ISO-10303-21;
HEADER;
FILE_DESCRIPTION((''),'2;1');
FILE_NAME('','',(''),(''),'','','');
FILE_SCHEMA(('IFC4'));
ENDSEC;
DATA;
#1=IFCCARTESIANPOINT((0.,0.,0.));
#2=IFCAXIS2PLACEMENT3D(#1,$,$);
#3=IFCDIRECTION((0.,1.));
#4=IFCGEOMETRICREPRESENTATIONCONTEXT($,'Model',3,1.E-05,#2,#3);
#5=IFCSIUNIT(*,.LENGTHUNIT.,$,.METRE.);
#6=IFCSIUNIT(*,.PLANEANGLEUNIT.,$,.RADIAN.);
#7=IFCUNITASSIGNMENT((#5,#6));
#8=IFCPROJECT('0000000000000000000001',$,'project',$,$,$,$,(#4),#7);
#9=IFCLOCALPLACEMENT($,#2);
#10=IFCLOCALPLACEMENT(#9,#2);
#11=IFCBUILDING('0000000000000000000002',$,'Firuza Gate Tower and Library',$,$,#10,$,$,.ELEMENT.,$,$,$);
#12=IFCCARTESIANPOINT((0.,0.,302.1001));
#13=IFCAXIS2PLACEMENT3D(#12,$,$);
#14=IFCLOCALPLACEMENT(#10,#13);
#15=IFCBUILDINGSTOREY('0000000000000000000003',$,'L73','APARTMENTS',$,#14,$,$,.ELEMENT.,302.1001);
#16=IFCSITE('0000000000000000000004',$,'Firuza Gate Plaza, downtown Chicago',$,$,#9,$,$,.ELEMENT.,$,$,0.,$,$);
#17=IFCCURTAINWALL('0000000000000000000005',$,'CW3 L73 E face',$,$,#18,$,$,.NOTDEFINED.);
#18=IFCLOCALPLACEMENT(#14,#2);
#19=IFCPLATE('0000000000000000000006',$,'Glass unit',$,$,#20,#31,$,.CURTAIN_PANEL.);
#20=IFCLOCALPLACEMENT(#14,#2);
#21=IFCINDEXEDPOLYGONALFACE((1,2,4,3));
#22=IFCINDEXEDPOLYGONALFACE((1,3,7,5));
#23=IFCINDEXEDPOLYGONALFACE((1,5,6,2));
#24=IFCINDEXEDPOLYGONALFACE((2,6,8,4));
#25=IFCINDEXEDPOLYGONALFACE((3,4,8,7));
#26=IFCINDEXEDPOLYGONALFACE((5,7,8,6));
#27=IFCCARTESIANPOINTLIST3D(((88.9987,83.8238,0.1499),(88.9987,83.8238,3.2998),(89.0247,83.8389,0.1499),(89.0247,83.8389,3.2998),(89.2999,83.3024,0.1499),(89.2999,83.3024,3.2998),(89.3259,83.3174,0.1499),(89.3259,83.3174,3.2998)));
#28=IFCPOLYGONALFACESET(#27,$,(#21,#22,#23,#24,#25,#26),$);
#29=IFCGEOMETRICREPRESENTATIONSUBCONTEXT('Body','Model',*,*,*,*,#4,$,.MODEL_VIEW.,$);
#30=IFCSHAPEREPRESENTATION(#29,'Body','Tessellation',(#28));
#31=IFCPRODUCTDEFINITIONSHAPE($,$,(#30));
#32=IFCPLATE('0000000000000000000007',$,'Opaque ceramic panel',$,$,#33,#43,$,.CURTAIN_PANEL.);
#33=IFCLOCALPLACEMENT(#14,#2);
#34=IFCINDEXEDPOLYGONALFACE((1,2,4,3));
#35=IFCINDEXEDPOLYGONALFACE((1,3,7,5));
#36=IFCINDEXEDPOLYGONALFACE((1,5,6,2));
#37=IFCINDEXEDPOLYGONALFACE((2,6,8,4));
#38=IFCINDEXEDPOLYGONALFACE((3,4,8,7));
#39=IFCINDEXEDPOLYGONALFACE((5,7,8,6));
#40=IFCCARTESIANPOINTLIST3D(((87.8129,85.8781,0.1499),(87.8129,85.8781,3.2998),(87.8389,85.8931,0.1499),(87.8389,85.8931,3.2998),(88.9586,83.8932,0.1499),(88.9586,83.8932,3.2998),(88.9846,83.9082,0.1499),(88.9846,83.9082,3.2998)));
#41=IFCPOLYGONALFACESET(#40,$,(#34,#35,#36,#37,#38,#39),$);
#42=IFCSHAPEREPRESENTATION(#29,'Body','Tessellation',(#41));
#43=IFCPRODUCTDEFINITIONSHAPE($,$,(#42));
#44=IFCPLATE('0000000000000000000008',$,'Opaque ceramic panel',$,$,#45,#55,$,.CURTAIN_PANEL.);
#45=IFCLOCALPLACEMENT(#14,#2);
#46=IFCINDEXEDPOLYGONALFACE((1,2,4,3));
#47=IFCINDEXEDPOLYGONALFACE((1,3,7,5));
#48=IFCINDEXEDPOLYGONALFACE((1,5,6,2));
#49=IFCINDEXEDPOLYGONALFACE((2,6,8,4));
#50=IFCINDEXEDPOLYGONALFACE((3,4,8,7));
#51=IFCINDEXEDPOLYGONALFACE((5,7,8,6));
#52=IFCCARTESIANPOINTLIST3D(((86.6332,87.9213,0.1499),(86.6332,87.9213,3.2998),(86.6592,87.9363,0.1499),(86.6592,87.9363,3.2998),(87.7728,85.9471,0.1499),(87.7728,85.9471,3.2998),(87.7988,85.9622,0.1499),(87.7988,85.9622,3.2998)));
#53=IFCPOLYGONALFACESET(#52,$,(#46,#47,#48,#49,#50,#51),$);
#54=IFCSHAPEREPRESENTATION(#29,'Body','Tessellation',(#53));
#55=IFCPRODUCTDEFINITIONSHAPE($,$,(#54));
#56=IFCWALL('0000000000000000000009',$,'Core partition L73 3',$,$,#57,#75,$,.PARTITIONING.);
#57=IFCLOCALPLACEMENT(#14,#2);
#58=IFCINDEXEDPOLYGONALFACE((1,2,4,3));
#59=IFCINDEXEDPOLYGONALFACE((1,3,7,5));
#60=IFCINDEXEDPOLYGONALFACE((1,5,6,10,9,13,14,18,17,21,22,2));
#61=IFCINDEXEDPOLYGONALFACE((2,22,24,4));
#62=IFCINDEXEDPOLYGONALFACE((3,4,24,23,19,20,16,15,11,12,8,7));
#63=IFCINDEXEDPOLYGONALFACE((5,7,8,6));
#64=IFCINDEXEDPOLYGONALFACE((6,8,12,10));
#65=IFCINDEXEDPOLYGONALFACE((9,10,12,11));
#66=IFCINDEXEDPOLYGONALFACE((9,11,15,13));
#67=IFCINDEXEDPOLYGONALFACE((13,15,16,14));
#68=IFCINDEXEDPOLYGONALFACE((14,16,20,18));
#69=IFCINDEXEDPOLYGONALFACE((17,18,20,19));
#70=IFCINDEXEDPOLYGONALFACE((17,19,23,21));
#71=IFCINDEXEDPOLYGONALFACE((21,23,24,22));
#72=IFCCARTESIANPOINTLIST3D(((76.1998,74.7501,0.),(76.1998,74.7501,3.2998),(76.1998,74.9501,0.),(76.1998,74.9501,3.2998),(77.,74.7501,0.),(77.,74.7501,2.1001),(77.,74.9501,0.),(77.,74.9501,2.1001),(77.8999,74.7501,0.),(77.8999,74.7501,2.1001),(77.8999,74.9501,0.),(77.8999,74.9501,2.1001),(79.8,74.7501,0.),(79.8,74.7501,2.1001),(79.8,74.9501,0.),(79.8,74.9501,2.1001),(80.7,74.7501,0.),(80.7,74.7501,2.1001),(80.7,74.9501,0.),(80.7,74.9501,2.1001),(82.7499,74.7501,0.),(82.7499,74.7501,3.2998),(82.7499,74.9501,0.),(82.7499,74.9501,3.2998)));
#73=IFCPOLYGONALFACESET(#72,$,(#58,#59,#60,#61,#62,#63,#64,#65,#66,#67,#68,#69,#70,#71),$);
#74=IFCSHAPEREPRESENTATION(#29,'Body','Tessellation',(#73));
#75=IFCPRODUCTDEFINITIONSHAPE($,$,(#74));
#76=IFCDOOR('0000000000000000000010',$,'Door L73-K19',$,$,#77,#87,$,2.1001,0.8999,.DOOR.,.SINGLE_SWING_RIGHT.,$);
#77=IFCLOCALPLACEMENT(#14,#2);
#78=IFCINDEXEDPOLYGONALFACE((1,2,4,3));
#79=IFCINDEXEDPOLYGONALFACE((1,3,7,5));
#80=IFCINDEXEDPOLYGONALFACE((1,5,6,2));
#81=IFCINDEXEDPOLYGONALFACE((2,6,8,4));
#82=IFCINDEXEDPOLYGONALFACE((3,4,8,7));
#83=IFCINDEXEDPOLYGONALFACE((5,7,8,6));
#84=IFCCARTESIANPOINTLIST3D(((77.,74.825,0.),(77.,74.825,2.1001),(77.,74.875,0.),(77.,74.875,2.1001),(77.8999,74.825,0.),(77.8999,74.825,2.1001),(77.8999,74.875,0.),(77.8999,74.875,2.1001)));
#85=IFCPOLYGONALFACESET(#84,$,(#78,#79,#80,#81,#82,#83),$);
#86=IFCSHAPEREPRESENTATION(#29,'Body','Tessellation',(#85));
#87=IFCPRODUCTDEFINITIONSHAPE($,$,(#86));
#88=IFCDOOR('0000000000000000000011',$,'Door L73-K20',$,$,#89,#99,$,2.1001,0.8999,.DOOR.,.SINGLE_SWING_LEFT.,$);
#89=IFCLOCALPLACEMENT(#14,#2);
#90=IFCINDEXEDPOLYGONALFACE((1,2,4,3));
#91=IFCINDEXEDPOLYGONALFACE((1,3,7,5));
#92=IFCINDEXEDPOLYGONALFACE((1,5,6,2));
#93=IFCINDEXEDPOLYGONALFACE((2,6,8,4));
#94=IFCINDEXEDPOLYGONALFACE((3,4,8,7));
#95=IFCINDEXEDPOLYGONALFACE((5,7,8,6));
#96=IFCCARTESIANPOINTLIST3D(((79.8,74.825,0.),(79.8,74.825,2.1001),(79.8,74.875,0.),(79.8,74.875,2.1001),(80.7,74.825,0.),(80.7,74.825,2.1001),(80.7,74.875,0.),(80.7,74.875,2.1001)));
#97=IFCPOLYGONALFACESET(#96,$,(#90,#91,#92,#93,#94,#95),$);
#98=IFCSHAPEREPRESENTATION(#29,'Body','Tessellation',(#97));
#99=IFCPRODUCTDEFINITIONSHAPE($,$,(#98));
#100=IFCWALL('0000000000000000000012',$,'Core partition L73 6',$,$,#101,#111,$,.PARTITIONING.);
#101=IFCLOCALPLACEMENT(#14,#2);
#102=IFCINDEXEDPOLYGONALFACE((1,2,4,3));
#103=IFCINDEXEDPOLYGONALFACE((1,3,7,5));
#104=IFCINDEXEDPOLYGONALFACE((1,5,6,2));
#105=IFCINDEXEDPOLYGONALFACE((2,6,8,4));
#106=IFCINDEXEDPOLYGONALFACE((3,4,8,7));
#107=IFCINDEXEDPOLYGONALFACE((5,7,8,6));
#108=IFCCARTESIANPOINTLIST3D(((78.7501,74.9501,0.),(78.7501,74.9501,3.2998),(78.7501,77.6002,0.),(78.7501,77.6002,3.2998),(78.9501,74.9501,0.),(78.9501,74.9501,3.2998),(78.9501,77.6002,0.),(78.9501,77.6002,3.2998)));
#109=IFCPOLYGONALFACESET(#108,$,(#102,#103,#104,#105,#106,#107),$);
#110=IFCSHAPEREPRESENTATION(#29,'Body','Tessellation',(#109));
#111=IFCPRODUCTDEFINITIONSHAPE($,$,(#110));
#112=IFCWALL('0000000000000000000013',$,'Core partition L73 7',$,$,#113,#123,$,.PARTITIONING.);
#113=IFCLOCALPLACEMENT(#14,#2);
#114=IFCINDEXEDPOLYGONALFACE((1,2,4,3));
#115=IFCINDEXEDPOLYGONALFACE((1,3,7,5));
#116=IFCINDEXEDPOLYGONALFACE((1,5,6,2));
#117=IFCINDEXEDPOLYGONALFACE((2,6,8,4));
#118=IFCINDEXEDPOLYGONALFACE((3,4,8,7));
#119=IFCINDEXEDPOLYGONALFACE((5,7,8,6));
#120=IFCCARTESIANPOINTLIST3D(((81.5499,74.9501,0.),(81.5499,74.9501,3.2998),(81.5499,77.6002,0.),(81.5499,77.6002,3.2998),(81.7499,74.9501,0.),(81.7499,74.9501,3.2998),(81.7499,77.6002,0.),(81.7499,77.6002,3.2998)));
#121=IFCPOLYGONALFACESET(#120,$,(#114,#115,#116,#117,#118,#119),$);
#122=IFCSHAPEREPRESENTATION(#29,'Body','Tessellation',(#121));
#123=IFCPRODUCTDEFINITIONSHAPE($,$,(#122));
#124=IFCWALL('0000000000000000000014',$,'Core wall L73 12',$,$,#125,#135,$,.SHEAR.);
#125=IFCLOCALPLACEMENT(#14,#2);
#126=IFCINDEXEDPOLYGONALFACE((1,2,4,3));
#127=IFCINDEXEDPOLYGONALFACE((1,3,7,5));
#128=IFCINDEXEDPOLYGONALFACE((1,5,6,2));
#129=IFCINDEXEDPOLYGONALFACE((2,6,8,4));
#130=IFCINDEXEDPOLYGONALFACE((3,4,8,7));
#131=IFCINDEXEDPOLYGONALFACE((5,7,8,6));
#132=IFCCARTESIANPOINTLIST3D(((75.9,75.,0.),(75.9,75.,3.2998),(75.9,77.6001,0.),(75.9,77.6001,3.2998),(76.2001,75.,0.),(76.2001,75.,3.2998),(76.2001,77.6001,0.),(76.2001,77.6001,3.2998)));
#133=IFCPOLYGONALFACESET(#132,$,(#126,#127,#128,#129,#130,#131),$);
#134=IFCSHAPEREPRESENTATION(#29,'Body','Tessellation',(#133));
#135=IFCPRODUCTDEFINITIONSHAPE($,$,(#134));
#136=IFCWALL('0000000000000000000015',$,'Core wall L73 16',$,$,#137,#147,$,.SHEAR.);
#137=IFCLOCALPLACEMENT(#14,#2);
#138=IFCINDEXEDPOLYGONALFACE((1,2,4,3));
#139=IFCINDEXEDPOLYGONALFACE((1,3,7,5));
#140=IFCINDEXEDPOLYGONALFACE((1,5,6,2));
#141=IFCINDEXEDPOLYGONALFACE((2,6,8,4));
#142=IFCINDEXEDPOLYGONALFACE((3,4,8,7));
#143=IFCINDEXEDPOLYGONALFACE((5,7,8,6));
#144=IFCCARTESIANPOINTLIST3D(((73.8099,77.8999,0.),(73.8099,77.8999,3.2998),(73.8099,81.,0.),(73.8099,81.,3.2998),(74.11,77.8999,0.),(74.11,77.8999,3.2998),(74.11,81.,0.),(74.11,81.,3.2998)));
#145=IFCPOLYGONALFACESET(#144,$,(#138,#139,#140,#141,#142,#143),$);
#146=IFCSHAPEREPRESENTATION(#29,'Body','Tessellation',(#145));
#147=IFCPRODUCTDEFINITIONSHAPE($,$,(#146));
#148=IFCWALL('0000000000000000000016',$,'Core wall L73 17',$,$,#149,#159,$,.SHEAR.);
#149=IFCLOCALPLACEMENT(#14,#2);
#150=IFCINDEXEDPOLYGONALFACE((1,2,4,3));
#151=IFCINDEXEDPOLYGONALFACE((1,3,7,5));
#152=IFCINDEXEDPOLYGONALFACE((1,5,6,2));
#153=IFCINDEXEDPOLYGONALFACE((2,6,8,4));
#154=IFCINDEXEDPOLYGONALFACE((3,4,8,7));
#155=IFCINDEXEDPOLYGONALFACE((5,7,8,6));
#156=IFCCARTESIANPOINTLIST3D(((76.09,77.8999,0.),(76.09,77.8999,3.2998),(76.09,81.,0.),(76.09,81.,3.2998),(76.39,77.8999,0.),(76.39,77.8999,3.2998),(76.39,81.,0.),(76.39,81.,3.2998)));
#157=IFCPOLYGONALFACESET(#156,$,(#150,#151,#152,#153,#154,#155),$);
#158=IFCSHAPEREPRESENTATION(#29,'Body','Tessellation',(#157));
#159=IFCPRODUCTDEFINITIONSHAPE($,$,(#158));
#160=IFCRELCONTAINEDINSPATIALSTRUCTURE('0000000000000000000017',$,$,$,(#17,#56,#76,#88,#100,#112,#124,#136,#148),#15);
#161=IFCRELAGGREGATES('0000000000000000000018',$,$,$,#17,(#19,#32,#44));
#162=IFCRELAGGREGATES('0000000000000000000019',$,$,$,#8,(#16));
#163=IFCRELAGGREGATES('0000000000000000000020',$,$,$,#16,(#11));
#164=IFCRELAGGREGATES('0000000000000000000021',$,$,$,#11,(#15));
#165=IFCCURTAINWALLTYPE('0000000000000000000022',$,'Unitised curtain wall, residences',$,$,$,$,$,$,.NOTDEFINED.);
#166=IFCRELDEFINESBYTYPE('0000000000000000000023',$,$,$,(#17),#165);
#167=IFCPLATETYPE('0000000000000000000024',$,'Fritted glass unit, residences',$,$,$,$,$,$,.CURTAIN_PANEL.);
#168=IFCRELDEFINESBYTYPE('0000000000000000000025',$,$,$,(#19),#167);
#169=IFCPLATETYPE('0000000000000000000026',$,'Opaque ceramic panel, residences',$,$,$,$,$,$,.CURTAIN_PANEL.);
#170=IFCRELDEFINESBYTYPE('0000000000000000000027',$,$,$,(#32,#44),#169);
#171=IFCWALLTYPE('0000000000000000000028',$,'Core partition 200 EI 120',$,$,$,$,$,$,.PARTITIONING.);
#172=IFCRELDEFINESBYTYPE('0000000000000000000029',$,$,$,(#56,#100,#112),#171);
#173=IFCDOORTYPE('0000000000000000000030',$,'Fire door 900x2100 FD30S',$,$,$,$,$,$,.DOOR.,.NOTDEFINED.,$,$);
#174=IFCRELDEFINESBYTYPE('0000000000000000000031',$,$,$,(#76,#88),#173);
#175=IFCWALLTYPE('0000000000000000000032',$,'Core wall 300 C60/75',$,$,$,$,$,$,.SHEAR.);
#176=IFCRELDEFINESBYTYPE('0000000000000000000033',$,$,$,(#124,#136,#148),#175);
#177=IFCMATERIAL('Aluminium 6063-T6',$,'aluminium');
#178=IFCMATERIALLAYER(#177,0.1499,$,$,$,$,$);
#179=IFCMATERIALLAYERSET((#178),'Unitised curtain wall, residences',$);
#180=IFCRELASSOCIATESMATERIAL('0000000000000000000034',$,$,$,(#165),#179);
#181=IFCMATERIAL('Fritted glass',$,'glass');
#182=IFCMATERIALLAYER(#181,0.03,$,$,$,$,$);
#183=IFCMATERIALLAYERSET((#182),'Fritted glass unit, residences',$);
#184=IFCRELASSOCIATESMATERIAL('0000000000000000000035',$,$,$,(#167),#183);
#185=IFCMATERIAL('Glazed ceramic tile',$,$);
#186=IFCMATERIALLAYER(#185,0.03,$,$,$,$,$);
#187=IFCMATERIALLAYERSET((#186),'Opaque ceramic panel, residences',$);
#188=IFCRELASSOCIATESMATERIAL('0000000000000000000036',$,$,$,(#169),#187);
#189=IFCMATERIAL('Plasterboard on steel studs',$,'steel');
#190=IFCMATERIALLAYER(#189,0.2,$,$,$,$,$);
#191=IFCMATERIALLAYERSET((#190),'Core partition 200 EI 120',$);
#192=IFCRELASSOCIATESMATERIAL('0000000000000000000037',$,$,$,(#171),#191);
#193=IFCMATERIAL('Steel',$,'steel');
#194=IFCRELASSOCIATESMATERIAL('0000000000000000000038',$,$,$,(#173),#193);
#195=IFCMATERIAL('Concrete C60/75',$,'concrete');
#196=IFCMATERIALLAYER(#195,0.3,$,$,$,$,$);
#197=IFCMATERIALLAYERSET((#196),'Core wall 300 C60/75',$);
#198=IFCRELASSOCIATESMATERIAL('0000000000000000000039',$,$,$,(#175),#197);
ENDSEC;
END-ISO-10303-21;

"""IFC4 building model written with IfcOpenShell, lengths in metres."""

from ifc_helpers import new_model, si_unit, direction, frame, frame_2d, origin, place, context, subcontext, project, spatial, polyline, rectangle, outline, extrude, material, layer, layer_set, type_object, element, fill, aggregate, save


model = new_model("IFC4")

# Units and contexts
model_context = context("Model", 3, precision=1e-05, world=origin(), true_north=direction((0.0, 1.0)))
body_context = subcontext(model_context, "Body", "Model", "MODEL_VIEW")
ifc_project = project(units=[si_unit("LENGTHUNIT", "METRE"), si_unit("PLANEANGLEUNIT", "RADIAN")], contexts=[model_context])

# Site, building, storey
site_placement = place(None, origin())
site = spatial("IfcSite", under=ifc_project, at=site_placement, Name="Firuza Gate Plaza, downtown Chicago", CompositionType="ELEMENT", RefElevation=0.0)
building_placement = place(site_placement, origin())
building = spatial("IfcBuilding", under=site, at=building_placement, Name="Firuza Gate Tower and Library", CompositionType="ELEMENT")
storey_placement = place(building_placement, frame((0.0, 0.0, 302.1001)))
storey = spatial("IfcBuildingStorey", under=building, at=storey_placement, Name="L73", Description="APARTMENTS", CompositionType="ELEMENT", Elevation=302.1001)

# Curtain wall
ifc_material_1 = material(Name="Aluminium 6063-T6", Category="aluminium")
ifc_layer_1 = layer(ifc_material_1, 0.1499)
ifc_layer_set_1 = layer_set([ifc_layer_1], Name="Unitised curtain wall, residences")
curtain_wall_type = type_object("IfcCurtainWallType", Name="Unitised curtain wall, residences", PredefinedType="NOTDEFINED", material=ifc_layer_set_1)
placement = place(storey_placement, origin())
curtain_wall = element("IfcCurtainWall", 1, at=placement, inside=storey, type_object=curtain_wall_type, Name="CW3 L73 E face", PredefinedType="NOTDEFINED")

# Plates
ifc_material_2 = material(Name="Fritted glass", Category="glass")
ifc_layer_2 = layer(ifc_material_2, 0.03)
ifc_layer_set_2 = layer_set([ifc_layer_2], Name="Fritted glass unit, residences")
plate_type_1 = type_object("IfcPlateType", Name="Fritted glass unit, residences", PredefinedType="CURTAIN_PANEL", material=ifc_layer_set_2)
plate_1_placement = place(storey_placement, frame((89.3259, 83.3174, 0.1499), z_axis=(0.865888, 0.500237, 0.0), x_axis=(-0.500237, 0.865888, 0.0)))
plate_1 = element("IfcPlate", 2, at=plate_1_placement, type_object=plate_type_1, Name="Glass unit", PredefinedType="CURTAIN_PANEL", context=body_context, shape_type="SweptSolid", body=[
    extrude(outline(polyline([(0.0, 0.0), (0.6023, 0.0), (0.6023, 3.1499), (0.0, 3.1499), (0.0, 0.0)])), origin(), (0.0, 0.0, -1.0), 0.03),
])
ifc_material_3 = material(Name="Glazed ceramic tile")
ifc_layer_3 = layer(ifc_material_3, 0.03)
ifc_layer_set_3 = layer_set([ifc_layer_3], Name="Opaque ceramic panel, residences")
plate_type_2 = type_object("IfcPlateType", Name="Opaque ceramic panel, residences", PredefinedType="CURTAIN_PANEL", material=ifc_layer_set_3)
plate_2_placement = place(storey_placement, frame((88.9846, 83.9082, 0.1499), z_axis=(0.866065, 0.499931, 0.0), x_axis=(-0.499931, 0.866065, 0.0)))
plate_2 = element("IfcPlate", 3, at=plate_2_placement, type_object=plate_type_2, Name="Opaque ceramic panel", PredefinedType="CURTAIN_PANEL", context=body_context, shape_type="SweptSolid", body=[
    extrude(outline(polyline([(0.0, 0.0), (2.2918, 0.0), (2.2918, 3.1499), (0.0, 3.1499), (0.0, 0.0)])), origin(), (0.0, 0.0, -1.0), 0.03),
])
plate_3_placement = place(storey_placement, frame((87.7988, 85.9622, 0.1499), z_axis=(0.866046, 0.499964, 0.0), x_axis=(-0.499964, 0.866046, 0.0)))
plate_3 = element("IfcPlate", 4, at=plate_3_placement, type_object=plate_type_2, Name="Opaque ceramic panel", PredefinedType="CURTAIN_PANEL", context=body_context, shape_type="SweptSolid", body=[
    extrude(outline(polyline([(0.0, 0.0), (2.2795, 0.0), (2.2795, 3.1499), (0.0, 3.1499), (0.0, 0.0)])), origin(), (0.0, 0.0, -1.0), 0.03),
])
aggregate(curtain_wall, [plate_1, plate_2, plate_3])

# Wall, openings, doors
ifc_material_4 = material(Name="Plasterboard on steel studs", Category="steel")
ifc_layer_4 = layer(ifc_material_4, 0.2)
ifc_layer_set_4 = layer_set([ifc_layer_4], Name="Core partition 200 EI 120")
wall_type_1 = type_object("IfcWallType", Name="Core partition 200 EI 120", PredefinedType="PARTITIONING", material=ifc_layer_set_4)
wall_1_placement = place(storey_placement, frame((76.2, 74.8501, 0.0), z_axis=(0.0, 0.0, 1.0), x_axis=(1.0, 0.0, 0.0)))
wall_1 = element("IfcWall", 5, at=wall_1_placement, inside=storey, type_object=wall_type_1, Name="Core partition L73 3", PredefinedType="PARTITIONING", context=body_context, shape_type="SweptSolid", body=[
    extrude(rectangle(XDim=6.55, YDim=0.2, at=frame_2d((3.2749, 0.0))), origin(), (0.0, 0.0, 1.0), 3.2998),
])
opening_1_placement = place(wall_1_placement, frame((0.8, 0.0, 0.0)))
opening_1 = element("IfcOpeningElement", 6, at=opening_1_placement, cuts=wall_1, PredefinedType="OPENING", context=body_context, shape_type="SweptSolid", body=[
    extrude(rectangle(XDim=0.8999, YDim=2.1001, at=frame_2d((0.45, 1.05))), frame((0.0, 0.1099, 0.0), z_axis=(0.0, -1.0, 0.0), x_axis=(1.0, 0.0, 0.0)), (0.0, 0.0, 1.0), 0.22),
])
opening_2_placement = place(wall_1_placement, frame((3.6001, 0.0, 0.0)))
opening_2 = element("IfcOpeningElement", 7, at=opening_2_placement, cuts=wall_1, PredefinedType="OPENING", context=body_context, shape_type="SweptSolid", body=[
    extrude(rectangle(XDim=0.8999, YDim=2.1001, at=frame_2d((0.45, 1.05))), frame((0.0, 0.1099, 0.0), z_axis=(0.0, -1.0, 0.0), x_axis=(1.0, 0.0, 0.0)), (0.0, 0.0, 1.0), 0.22),
])
ifc_material_5 = material(Name="Steel", Category="steel")
door_type_1 = type_object("IfcDoorType", Name="Fire door 900x2100 FD30S", OperationType="NOTDEFINED", PredefinedType="DOOR", material=ifc_material_5)
door_1_placement = place(opening_1_placement, origin())
door_1 = element("IfcDoor", 8, at=door_1_placement, inside=storey, type_object=door_type_1, Name="Door L73-K19", OperationType="SINGLE_SWING_RIGHT", OverallHeight=2.1001, OverallWidth=0.8999, PredefinedType="DOOR", context=body_context, shape_type="SweptSolid", body=[
    extrude(rectangle(XDim=0.8999, YDim=2.1001, at=frame_2d((0.45, 1.05))), frame((0.0, 0.0249, 0.0), z_axis=(0.0, -1.0, 0.0), x_axis=(1.0, 0.0, 0.0)), (0.0, 0.0, 1.0), 0.05),
])
fill(opening_1, door_1)
door_2_placement = place(opening_2_placement, origin())
door_2 = element("IfcDoor", 9, at=door_2_placement, inside=storey, type_object=door_type_1, Name="Door L73-K20", OperationType="SINGLE_SWING_LEFT", OverallHeight=2.1001, OverallWidth=0.8999, PredefinedType="DOOR", context=body_context, shape_type="SweptSolid", body=[
    extrude(rectangle(XDim=0.8999, YDim=2.1001, at=frame_2d((0.45, 1.05))), frame((0.0, 0.0249, 0.0), z_axis=(0.0, -1.0, 0.0), x_axis=(1.0, 0.0, 0.0)), (0.0, 0.0, 1.0), 0.05),
])
fill(opening_2, door_2)

# Walls
for number, where, z_axis, x_axis, name in (
    (10, (78.8501, 74.95, 0.0), (0.0, 0.0, 1.0), (0.0, 1.0, 0.0), "Core partition L73 6"),
    (11, (81.6499, 74.95, 0.0), (0.0, 0.0, 1.0), (0.0, 1.0, 0.0), "Core partition L73 7"),
):
    element("IfcWall", number, at=place(storey_placement, frame(where, z_axis=z_axis, x_axis=x_axis)), inside=storey, type_object=wall_type_1, Name=name, PredefinedType="PARTITIONING", context=body_context, shape_type="SweptSolid", body=[
        extrude(rectangle(XDim=2.6501, YDim=0.2, at=frame_2d((1.3252, 0.0))), origin(), (0.0, 0.0, 1.0), 3.2998),
    ])
ifc_material_6 = material(Name="Concrete C60/75", Category="concrete")
ifc_layer_5 = layer(ifc_material_6, 0.3)
ifc_layer_set_5 = layer_set([ifc_layer_5], Name="Core wall 300 C60/75")
wall_type_2 = type_object("IfcWallType", Name="Core wall 300 C60/75", PredefinedType="SHEAR", material=ifc_layer_set_5)
wall_2_placement = place(storey_placement, frame((76.05, 75.0, 0.0), z_axis=(0.0, 0.0, 1.0), x_axis=(0.0, 1.0, 0.0)))
element("IfcWall", 12, at=wall_2_placement, inside=storey, type_object=wall_type_2, Name="Core wall L73 12", PredefinedType="SHEAR", context=body_context, shape_type="SweptSolid", body=[
    extrude(rectangle(XDim=2.6001, YDim=0.3, at=frame_2d((1.3, 0.0))), origin(), (0.0, 0.0, 1.0), 3.2998),
])
for number, where, z_axis, x_axis, name in (
    (13, (73.96, 77.8999, 0.0), (0.0, 0.0, 1.0), (0.0, 1.0, 0.0), "Core wall L73 16"),
    (14, (76.24, 77.8999, 0.0), (0.0, 0.0, 1.0), (0.0, 1.0, 0.0), "Core wall L73 17"),
):
    element("IfcWall", number, at=place(storey_placement, frame(where, z_axis=z_axis, x_axis=x_axis)), inside=storey, type_object=wall_type_2, Name=name, PredefinedType="SHEAR", context=body_context, shape_type="SweptSolid", body=[
        extrude(rectangle(XDim=3.1001, YDim=0.3, at=frame_2d((1.55, 0.0))), origin(), (0.0, 0.0, 1.0), 3.2998),
    ])

save(model, "model.ifc")
